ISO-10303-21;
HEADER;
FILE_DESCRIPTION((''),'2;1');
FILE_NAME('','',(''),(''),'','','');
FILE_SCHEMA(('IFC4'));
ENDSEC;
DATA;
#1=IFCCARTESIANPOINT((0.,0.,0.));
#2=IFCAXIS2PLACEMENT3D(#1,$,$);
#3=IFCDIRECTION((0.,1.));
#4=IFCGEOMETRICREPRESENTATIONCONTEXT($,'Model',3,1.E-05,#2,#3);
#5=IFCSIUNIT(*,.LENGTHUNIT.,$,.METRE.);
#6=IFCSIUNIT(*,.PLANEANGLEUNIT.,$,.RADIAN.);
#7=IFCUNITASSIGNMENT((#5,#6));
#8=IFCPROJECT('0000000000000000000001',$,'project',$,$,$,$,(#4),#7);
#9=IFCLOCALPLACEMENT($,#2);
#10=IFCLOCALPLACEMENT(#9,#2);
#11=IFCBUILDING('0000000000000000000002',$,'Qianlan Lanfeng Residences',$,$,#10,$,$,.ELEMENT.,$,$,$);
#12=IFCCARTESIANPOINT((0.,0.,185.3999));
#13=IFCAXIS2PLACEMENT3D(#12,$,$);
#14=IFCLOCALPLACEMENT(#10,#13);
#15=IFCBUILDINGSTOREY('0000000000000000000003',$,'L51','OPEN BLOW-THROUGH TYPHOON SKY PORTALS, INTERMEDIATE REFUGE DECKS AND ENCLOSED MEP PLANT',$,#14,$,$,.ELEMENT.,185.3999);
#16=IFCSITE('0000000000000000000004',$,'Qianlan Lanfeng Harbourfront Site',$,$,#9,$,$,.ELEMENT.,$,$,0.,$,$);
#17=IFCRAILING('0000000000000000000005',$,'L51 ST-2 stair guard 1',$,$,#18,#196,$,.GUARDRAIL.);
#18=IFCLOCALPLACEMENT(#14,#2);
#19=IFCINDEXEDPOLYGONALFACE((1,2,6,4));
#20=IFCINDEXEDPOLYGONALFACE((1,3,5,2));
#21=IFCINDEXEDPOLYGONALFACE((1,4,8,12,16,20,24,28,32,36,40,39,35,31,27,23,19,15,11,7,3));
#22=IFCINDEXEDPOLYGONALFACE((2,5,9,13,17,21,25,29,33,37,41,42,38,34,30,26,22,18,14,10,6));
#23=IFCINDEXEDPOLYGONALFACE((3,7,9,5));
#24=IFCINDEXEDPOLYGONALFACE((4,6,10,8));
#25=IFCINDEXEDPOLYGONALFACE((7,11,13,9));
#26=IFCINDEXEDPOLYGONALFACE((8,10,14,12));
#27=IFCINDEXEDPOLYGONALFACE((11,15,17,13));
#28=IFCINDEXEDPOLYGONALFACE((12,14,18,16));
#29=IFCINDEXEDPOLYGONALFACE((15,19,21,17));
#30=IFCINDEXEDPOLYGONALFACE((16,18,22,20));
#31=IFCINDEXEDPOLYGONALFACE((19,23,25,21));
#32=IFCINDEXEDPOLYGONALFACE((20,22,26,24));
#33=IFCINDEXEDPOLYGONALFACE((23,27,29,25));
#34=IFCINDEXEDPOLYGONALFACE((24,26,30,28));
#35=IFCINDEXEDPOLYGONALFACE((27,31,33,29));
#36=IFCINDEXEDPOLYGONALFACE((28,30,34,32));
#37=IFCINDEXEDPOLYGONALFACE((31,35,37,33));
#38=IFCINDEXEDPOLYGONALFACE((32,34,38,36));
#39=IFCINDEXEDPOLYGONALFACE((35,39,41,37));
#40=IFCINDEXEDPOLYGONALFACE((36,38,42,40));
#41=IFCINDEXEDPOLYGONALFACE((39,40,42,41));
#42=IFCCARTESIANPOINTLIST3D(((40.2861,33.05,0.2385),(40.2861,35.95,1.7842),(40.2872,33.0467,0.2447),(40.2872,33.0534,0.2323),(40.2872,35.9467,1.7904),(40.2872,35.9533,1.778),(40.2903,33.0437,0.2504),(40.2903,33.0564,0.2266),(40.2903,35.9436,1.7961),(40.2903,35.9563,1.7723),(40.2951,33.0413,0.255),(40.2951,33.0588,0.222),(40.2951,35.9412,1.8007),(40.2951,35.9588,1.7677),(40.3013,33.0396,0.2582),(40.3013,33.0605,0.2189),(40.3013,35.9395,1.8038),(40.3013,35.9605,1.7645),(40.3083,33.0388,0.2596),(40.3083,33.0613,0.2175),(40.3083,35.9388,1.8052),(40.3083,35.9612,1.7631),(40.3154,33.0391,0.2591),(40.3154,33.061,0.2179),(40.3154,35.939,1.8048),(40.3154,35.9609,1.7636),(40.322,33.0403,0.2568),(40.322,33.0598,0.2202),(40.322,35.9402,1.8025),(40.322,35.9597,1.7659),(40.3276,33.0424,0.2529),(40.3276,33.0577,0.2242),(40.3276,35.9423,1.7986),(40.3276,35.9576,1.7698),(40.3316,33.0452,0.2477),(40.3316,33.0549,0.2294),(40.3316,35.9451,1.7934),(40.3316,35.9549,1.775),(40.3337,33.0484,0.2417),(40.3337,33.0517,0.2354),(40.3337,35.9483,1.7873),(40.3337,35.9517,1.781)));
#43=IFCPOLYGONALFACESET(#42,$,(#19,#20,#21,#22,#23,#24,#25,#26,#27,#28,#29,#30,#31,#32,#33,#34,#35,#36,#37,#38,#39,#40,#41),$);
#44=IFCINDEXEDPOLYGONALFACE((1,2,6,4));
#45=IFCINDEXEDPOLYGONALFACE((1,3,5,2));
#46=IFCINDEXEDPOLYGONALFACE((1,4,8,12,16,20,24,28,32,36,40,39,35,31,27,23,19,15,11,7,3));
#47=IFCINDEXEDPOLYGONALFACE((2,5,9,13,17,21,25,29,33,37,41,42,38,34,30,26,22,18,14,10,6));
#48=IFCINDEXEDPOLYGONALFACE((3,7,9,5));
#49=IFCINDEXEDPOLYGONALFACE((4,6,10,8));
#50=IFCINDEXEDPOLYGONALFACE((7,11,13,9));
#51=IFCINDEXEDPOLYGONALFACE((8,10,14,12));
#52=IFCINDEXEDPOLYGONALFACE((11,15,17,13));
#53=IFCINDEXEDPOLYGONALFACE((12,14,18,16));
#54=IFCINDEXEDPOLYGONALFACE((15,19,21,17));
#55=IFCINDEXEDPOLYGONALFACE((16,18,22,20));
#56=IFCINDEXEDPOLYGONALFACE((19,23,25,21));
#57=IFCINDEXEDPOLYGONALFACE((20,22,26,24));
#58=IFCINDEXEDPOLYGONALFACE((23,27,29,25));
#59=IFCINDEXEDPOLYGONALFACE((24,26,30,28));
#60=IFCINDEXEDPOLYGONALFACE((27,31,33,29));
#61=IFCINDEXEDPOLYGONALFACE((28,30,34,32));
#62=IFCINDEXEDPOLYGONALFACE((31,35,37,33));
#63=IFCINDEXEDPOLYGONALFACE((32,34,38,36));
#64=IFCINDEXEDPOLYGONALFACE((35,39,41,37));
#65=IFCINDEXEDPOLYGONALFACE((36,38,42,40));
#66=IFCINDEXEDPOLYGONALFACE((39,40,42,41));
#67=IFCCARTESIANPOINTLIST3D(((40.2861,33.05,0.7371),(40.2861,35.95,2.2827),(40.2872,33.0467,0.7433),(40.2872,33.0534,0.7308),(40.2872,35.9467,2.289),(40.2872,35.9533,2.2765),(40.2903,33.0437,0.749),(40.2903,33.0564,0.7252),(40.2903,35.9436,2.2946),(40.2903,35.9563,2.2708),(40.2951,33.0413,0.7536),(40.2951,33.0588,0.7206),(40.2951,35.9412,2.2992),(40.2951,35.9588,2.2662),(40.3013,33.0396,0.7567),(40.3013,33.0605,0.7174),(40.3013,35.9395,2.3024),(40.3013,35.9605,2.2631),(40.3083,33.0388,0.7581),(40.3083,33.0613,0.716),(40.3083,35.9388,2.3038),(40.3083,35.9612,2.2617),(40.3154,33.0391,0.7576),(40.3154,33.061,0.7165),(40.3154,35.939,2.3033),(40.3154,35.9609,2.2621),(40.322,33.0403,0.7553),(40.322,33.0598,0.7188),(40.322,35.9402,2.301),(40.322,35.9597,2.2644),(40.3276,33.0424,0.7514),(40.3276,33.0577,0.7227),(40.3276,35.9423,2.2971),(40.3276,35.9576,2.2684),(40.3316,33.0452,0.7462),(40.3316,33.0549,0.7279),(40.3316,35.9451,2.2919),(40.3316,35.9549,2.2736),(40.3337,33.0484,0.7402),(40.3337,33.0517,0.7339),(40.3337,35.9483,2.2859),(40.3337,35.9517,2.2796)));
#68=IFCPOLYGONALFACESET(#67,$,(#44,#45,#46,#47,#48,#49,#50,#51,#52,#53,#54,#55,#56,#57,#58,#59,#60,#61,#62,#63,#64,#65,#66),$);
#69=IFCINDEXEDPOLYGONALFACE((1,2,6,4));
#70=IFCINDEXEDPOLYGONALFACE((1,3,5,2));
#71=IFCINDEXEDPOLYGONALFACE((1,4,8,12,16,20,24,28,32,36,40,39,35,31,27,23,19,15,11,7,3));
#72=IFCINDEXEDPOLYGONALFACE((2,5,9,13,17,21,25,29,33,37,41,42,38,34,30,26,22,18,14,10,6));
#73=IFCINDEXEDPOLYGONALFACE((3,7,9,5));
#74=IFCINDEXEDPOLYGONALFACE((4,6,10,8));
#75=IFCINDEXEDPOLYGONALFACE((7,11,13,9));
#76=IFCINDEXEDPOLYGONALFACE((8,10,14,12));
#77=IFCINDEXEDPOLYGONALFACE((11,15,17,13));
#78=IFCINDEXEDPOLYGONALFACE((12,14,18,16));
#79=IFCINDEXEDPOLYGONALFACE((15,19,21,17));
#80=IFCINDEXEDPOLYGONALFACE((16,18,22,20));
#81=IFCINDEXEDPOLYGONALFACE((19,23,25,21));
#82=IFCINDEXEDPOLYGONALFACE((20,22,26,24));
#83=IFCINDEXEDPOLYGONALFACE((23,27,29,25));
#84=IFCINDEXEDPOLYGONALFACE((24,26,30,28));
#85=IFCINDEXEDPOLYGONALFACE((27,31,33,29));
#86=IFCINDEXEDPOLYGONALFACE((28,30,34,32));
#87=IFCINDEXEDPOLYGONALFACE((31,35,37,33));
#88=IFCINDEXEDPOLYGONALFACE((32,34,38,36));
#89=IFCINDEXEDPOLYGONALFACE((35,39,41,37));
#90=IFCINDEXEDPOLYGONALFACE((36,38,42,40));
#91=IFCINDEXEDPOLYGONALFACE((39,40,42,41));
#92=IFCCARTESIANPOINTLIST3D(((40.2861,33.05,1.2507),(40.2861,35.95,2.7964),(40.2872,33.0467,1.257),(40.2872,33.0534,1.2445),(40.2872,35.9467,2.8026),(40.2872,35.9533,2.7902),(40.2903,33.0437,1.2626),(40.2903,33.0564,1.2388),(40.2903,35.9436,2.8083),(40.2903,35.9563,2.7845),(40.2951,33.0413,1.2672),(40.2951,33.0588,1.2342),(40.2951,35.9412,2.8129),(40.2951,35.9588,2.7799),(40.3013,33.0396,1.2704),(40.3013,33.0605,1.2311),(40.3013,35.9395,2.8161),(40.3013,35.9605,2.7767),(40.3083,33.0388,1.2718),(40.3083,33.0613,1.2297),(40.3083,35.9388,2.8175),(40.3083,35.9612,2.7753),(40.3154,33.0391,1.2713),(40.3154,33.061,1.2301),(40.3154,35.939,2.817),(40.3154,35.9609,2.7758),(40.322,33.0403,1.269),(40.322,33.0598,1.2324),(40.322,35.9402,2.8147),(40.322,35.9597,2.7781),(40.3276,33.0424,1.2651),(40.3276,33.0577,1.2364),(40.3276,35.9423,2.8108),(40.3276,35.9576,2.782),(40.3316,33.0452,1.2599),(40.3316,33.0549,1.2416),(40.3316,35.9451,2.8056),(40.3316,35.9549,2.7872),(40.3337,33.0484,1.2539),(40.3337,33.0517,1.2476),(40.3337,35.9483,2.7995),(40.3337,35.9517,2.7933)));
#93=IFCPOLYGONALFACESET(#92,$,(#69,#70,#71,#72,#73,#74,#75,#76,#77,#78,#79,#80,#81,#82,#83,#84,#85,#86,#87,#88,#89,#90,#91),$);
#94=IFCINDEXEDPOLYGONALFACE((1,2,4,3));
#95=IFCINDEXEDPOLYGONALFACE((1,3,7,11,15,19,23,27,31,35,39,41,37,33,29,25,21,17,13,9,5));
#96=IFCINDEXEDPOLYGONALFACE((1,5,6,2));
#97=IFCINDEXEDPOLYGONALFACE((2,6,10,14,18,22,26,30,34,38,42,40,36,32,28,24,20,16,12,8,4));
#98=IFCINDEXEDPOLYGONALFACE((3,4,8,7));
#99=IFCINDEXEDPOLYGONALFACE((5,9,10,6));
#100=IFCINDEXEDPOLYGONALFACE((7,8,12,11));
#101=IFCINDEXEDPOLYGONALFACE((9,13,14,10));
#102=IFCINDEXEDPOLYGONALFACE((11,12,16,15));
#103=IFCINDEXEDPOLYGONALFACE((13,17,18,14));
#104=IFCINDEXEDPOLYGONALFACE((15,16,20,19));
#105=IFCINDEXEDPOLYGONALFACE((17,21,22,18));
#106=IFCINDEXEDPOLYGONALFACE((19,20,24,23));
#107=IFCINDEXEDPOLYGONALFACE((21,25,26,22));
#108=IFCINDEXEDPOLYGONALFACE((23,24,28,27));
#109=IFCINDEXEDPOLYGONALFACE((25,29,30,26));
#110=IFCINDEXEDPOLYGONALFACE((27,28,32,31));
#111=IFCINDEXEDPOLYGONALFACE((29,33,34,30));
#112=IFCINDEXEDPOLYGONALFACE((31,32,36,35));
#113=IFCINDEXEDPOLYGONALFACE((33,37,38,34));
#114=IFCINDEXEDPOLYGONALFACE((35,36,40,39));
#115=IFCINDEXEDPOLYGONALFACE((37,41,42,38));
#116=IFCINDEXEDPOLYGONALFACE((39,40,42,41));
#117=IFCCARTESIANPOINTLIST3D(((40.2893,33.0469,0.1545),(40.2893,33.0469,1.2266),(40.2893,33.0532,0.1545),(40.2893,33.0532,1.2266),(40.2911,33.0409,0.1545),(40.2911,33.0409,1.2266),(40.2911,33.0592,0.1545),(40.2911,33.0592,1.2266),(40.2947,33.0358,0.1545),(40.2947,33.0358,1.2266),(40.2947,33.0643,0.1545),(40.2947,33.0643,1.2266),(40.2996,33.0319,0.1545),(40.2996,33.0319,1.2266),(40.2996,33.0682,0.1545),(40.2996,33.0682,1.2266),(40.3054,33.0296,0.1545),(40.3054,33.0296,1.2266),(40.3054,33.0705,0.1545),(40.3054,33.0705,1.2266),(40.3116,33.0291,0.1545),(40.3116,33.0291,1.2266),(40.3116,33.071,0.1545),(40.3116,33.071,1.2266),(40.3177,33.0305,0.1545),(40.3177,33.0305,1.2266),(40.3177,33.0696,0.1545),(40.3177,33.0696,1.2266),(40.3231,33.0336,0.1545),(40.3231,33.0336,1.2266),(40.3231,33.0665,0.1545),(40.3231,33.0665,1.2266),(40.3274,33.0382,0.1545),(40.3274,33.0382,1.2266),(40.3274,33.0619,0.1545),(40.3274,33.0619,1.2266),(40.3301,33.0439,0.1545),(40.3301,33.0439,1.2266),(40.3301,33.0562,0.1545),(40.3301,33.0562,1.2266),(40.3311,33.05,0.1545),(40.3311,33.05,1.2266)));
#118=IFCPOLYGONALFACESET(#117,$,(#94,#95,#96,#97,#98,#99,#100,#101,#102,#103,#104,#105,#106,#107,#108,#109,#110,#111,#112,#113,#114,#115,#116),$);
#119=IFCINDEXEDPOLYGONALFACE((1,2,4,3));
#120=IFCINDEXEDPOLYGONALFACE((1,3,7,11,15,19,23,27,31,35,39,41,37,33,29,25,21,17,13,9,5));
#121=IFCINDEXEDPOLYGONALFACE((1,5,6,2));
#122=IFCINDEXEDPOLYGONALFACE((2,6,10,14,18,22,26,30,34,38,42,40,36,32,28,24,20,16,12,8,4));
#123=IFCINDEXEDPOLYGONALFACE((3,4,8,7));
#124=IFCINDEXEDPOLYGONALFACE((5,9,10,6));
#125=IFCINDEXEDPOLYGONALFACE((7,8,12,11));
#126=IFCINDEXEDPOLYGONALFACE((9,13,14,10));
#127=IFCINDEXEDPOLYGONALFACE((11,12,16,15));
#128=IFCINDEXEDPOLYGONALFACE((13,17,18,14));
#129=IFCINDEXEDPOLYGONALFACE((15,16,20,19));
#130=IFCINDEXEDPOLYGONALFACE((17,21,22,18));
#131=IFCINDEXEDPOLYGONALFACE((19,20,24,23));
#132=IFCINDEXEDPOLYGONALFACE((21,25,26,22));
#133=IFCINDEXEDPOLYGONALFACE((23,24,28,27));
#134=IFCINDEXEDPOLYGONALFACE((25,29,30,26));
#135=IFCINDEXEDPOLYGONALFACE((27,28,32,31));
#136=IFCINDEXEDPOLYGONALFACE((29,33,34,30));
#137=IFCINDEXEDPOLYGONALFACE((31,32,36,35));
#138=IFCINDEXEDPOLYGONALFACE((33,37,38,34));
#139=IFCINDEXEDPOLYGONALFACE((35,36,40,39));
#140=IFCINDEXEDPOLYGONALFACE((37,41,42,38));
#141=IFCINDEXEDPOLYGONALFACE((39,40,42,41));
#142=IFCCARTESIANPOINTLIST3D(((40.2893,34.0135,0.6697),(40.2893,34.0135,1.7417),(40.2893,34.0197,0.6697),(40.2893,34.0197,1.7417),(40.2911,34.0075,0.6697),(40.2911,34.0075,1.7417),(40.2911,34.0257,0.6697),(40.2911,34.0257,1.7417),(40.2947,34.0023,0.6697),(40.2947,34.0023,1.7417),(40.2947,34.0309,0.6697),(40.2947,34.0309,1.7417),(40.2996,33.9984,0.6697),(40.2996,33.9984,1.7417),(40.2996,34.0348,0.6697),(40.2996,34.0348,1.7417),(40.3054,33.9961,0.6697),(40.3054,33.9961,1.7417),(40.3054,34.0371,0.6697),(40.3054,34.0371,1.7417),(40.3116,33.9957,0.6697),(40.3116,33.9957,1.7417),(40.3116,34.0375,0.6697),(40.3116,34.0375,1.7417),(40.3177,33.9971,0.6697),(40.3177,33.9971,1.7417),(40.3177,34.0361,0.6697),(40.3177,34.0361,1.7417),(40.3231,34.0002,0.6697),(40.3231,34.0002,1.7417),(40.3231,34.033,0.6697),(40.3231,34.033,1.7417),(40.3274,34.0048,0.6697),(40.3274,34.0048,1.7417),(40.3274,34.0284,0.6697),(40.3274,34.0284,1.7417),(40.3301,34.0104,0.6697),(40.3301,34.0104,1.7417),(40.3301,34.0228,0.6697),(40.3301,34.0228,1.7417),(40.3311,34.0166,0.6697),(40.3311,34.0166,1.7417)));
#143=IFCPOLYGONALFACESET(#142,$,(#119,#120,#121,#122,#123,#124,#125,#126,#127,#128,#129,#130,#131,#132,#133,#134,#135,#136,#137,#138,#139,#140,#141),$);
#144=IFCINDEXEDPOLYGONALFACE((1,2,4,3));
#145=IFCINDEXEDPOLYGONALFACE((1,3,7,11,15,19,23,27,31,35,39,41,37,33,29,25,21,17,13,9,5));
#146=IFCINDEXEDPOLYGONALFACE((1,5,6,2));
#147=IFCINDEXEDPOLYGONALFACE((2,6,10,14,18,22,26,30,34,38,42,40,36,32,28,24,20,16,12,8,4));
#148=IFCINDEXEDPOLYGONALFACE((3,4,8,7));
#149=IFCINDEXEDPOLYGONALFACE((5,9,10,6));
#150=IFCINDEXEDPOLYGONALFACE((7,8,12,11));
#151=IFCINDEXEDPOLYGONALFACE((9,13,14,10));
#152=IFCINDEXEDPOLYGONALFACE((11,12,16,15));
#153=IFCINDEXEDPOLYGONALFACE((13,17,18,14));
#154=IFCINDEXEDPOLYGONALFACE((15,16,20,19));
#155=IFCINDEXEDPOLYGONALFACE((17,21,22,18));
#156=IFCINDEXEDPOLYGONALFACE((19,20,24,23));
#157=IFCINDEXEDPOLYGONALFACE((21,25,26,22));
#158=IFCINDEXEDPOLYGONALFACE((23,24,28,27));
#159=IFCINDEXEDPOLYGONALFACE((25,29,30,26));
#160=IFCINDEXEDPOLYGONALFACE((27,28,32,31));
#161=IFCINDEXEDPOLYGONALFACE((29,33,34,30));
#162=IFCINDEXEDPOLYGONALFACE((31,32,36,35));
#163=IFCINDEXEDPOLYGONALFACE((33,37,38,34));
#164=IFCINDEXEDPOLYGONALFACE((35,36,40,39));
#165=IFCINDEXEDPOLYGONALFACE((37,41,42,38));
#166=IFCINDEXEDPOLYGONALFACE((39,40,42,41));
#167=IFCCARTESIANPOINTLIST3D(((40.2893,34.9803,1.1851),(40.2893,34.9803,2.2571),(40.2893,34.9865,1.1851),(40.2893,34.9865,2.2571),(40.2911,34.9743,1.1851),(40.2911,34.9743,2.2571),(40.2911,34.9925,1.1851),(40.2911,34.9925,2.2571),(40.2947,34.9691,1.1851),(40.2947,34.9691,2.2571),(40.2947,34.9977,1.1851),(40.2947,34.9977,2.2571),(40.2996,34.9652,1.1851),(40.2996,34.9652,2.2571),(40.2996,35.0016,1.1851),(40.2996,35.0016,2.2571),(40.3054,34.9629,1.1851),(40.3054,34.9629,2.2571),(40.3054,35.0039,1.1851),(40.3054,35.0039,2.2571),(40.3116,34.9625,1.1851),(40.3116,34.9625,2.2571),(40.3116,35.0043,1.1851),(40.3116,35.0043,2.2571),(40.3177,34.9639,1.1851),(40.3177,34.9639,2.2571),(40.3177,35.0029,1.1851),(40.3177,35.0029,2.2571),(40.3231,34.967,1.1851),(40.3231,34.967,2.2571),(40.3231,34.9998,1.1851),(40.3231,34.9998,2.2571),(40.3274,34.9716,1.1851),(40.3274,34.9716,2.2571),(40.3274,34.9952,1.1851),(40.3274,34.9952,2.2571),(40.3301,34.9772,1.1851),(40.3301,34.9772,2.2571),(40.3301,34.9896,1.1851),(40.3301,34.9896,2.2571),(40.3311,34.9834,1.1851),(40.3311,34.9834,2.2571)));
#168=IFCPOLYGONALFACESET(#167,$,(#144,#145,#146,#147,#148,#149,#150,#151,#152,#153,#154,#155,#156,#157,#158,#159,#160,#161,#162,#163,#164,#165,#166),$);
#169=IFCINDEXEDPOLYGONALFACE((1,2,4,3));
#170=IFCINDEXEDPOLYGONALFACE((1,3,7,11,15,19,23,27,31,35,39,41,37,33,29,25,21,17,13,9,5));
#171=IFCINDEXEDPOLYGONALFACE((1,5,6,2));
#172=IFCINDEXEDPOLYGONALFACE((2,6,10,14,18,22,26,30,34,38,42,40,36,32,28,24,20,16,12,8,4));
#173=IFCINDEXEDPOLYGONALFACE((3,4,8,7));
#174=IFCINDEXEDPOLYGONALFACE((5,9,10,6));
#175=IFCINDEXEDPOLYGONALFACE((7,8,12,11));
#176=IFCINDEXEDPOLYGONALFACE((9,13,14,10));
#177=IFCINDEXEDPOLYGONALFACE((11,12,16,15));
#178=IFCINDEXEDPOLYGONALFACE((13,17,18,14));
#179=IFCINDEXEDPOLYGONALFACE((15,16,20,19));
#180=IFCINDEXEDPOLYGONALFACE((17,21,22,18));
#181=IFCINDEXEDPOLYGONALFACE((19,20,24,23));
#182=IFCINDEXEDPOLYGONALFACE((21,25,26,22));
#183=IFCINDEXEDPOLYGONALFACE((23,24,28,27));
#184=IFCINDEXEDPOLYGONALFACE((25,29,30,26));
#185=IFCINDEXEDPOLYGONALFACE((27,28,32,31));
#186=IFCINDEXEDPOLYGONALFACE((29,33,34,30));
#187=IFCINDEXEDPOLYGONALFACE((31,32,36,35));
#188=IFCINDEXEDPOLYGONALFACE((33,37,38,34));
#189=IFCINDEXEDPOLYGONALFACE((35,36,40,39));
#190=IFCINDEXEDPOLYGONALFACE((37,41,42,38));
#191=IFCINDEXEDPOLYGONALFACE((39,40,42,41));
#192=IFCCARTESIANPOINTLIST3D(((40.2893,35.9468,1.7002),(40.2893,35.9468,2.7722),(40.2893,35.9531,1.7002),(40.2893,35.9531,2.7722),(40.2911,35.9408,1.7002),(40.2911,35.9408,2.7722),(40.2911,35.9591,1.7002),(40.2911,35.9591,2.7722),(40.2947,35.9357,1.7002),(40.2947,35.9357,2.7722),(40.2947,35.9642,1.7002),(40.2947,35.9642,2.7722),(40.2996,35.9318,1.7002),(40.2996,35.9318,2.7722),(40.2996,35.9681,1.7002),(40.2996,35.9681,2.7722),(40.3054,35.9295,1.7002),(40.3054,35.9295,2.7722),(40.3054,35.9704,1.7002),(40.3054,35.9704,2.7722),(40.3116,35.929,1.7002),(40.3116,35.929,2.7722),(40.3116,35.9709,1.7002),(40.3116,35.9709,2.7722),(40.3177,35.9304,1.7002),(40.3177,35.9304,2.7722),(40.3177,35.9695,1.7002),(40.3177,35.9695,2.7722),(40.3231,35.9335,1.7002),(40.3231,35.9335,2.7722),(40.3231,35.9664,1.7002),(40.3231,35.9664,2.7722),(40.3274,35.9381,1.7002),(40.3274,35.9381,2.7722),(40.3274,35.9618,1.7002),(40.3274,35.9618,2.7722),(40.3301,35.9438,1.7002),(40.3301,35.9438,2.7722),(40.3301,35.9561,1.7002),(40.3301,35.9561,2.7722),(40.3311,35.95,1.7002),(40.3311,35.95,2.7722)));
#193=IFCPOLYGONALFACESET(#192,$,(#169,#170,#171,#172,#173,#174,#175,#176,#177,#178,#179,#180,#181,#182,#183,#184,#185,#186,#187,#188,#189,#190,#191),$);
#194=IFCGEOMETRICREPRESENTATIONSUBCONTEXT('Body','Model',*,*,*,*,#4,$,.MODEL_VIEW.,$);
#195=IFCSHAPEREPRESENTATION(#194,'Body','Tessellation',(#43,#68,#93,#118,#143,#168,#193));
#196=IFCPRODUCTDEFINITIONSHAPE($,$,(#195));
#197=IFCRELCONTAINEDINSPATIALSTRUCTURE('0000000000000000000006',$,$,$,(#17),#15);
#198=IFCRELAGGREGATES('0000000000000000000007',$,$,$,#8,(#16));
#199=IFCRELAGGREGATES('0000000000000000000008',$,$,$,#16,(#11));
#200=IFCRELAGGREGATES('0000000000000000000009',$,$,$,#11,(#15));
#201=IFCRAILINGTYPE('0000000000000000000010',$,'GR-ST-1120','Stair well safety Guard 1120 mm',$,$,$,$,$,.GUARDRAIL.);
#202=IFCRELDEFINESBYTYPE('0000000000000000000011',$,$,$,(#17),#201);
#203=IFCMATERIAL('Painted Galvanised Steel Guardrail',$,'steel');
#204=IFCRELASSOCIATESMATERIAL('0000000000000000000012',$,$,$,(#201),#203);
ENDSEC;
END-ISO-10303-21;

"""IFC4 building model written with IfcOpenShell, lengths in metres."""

from ifc_helpers import new_model, si_unit, direction, frame, origin, origin_2d, place, context, subcontext, project, spatial, circle, extrude, material, type_object, element, save


model = new_model("IFC4")

# Units and contexts
model_context = context("Model", 3, precision=1e-05, world=origin(), true_north=direction((0.0, 1.0)))
body_context = subcontext(model_context, "Body", "Model", "MODEL_VIEW")
ifc_project = project(units=[si_unit("LENGTHUNIT", "METRE"), si_unit("PLANEANGLEUNIT", "RADIAN")], contexts=[model_context])

# Site, building, storey
site_placement = place(None, origin())
site = spatial("IfcSite", under=ifc_project, at=site_placement, Name="Qianlan Lanfeng Harbourfront Site", CompositionType="ELEMENT", RefElevation=0.0)
building_placement = place(site_placement, origin())
building = spatial("IfcBuilding", under=site, at=building_placement, Name="Qianlan Lanfeng Residences", CompositionType="ELEMENT")
storey_placement = place(building_placement, frame((0.0, 0.0, 185.3999)))
storey = spatial("IfcBuildingStorey", under=building, at=storey_placement, Name="L51", Description="OPEN BLOW-THROUGH TYPHOON SKY PORTALS, INTERMEDIATE REFUGE DECKS AND ENCLOSED MEP PLANT", CompositionType="ELEMENT", Elevation=185.3999)

# Railing
ifc_material_1 = material(Name="Painted Galvanised Steel Guardrail", Category="steel")
railing_type_1 = type_object("IfcRailingType", Name="GR-ST-1120", Description="Stair well safety Guard 1120 mm", PredefinedType="GUARDRAIL", material=ifc_material_1)
railing_1_placement = place(storey_placement, frame((40.3101, 33.05, 0.1545)))
element("IfcRailing", 1, at=railing_1_placement, inside=storey, type_object=railing_type_1, Name="L51 ST-2 stair guard 1", PredefinedType="GUARDRAIL", context=body_context, shape_type="SweptSolid", body=[
    extrude(circle(Radius=0.0239, at=origin_2d()), frame((0.0, 0.0, 0.084), z_axis=(0.0, 0.882474, 0.470361), x_axis=(-1.0, 0.0, 0.0)), (0.0, 0.0, 1.0), 3.2861),
    extrude(circle(Radius=0.0239, at=origin_2d()), frame((0.0, 0.0, 0.5825), z_axis=(0.0, 0.882474, 0.470361), x_axis=(-1.0, 0.0, 0.0)), (0.0, 0.0, 1.0), 3.2861),
    extrude(circle(Radius=0.0239, at=origin_2d()), frame((0.0, 0.0, 1.0962), z_axis=(0.0, 0.882474, 0.470361), x_axis=(-1.0, 0.0, 0.0)), (0.0, 0.0, 1.0), 3.2861),
    extrude(circle(Radius=0.021, at=origin_2d()), origin(), (0.0, 0.0, 1.0), 1.072),
    extrude(circle(Radius=0.021, at=origin_2d()), frame((0.0, 0.9666, 0.5151)), (0.0, 0.0, 1.0), 1.072),
    extrude(circle(Radius=0.021, at=origin_2d()), frame((0.0, 1.9333, 1.0305)), (0.0, 0.0, 1.0), 1.072),
    extrude(circle(Radius=0.021, at=origin_2d()), frame((0.0, 2.8999, 1.5457)), (0.0, 0.0, 1.0), 1.072),
])

save(model, "model.ifc")
